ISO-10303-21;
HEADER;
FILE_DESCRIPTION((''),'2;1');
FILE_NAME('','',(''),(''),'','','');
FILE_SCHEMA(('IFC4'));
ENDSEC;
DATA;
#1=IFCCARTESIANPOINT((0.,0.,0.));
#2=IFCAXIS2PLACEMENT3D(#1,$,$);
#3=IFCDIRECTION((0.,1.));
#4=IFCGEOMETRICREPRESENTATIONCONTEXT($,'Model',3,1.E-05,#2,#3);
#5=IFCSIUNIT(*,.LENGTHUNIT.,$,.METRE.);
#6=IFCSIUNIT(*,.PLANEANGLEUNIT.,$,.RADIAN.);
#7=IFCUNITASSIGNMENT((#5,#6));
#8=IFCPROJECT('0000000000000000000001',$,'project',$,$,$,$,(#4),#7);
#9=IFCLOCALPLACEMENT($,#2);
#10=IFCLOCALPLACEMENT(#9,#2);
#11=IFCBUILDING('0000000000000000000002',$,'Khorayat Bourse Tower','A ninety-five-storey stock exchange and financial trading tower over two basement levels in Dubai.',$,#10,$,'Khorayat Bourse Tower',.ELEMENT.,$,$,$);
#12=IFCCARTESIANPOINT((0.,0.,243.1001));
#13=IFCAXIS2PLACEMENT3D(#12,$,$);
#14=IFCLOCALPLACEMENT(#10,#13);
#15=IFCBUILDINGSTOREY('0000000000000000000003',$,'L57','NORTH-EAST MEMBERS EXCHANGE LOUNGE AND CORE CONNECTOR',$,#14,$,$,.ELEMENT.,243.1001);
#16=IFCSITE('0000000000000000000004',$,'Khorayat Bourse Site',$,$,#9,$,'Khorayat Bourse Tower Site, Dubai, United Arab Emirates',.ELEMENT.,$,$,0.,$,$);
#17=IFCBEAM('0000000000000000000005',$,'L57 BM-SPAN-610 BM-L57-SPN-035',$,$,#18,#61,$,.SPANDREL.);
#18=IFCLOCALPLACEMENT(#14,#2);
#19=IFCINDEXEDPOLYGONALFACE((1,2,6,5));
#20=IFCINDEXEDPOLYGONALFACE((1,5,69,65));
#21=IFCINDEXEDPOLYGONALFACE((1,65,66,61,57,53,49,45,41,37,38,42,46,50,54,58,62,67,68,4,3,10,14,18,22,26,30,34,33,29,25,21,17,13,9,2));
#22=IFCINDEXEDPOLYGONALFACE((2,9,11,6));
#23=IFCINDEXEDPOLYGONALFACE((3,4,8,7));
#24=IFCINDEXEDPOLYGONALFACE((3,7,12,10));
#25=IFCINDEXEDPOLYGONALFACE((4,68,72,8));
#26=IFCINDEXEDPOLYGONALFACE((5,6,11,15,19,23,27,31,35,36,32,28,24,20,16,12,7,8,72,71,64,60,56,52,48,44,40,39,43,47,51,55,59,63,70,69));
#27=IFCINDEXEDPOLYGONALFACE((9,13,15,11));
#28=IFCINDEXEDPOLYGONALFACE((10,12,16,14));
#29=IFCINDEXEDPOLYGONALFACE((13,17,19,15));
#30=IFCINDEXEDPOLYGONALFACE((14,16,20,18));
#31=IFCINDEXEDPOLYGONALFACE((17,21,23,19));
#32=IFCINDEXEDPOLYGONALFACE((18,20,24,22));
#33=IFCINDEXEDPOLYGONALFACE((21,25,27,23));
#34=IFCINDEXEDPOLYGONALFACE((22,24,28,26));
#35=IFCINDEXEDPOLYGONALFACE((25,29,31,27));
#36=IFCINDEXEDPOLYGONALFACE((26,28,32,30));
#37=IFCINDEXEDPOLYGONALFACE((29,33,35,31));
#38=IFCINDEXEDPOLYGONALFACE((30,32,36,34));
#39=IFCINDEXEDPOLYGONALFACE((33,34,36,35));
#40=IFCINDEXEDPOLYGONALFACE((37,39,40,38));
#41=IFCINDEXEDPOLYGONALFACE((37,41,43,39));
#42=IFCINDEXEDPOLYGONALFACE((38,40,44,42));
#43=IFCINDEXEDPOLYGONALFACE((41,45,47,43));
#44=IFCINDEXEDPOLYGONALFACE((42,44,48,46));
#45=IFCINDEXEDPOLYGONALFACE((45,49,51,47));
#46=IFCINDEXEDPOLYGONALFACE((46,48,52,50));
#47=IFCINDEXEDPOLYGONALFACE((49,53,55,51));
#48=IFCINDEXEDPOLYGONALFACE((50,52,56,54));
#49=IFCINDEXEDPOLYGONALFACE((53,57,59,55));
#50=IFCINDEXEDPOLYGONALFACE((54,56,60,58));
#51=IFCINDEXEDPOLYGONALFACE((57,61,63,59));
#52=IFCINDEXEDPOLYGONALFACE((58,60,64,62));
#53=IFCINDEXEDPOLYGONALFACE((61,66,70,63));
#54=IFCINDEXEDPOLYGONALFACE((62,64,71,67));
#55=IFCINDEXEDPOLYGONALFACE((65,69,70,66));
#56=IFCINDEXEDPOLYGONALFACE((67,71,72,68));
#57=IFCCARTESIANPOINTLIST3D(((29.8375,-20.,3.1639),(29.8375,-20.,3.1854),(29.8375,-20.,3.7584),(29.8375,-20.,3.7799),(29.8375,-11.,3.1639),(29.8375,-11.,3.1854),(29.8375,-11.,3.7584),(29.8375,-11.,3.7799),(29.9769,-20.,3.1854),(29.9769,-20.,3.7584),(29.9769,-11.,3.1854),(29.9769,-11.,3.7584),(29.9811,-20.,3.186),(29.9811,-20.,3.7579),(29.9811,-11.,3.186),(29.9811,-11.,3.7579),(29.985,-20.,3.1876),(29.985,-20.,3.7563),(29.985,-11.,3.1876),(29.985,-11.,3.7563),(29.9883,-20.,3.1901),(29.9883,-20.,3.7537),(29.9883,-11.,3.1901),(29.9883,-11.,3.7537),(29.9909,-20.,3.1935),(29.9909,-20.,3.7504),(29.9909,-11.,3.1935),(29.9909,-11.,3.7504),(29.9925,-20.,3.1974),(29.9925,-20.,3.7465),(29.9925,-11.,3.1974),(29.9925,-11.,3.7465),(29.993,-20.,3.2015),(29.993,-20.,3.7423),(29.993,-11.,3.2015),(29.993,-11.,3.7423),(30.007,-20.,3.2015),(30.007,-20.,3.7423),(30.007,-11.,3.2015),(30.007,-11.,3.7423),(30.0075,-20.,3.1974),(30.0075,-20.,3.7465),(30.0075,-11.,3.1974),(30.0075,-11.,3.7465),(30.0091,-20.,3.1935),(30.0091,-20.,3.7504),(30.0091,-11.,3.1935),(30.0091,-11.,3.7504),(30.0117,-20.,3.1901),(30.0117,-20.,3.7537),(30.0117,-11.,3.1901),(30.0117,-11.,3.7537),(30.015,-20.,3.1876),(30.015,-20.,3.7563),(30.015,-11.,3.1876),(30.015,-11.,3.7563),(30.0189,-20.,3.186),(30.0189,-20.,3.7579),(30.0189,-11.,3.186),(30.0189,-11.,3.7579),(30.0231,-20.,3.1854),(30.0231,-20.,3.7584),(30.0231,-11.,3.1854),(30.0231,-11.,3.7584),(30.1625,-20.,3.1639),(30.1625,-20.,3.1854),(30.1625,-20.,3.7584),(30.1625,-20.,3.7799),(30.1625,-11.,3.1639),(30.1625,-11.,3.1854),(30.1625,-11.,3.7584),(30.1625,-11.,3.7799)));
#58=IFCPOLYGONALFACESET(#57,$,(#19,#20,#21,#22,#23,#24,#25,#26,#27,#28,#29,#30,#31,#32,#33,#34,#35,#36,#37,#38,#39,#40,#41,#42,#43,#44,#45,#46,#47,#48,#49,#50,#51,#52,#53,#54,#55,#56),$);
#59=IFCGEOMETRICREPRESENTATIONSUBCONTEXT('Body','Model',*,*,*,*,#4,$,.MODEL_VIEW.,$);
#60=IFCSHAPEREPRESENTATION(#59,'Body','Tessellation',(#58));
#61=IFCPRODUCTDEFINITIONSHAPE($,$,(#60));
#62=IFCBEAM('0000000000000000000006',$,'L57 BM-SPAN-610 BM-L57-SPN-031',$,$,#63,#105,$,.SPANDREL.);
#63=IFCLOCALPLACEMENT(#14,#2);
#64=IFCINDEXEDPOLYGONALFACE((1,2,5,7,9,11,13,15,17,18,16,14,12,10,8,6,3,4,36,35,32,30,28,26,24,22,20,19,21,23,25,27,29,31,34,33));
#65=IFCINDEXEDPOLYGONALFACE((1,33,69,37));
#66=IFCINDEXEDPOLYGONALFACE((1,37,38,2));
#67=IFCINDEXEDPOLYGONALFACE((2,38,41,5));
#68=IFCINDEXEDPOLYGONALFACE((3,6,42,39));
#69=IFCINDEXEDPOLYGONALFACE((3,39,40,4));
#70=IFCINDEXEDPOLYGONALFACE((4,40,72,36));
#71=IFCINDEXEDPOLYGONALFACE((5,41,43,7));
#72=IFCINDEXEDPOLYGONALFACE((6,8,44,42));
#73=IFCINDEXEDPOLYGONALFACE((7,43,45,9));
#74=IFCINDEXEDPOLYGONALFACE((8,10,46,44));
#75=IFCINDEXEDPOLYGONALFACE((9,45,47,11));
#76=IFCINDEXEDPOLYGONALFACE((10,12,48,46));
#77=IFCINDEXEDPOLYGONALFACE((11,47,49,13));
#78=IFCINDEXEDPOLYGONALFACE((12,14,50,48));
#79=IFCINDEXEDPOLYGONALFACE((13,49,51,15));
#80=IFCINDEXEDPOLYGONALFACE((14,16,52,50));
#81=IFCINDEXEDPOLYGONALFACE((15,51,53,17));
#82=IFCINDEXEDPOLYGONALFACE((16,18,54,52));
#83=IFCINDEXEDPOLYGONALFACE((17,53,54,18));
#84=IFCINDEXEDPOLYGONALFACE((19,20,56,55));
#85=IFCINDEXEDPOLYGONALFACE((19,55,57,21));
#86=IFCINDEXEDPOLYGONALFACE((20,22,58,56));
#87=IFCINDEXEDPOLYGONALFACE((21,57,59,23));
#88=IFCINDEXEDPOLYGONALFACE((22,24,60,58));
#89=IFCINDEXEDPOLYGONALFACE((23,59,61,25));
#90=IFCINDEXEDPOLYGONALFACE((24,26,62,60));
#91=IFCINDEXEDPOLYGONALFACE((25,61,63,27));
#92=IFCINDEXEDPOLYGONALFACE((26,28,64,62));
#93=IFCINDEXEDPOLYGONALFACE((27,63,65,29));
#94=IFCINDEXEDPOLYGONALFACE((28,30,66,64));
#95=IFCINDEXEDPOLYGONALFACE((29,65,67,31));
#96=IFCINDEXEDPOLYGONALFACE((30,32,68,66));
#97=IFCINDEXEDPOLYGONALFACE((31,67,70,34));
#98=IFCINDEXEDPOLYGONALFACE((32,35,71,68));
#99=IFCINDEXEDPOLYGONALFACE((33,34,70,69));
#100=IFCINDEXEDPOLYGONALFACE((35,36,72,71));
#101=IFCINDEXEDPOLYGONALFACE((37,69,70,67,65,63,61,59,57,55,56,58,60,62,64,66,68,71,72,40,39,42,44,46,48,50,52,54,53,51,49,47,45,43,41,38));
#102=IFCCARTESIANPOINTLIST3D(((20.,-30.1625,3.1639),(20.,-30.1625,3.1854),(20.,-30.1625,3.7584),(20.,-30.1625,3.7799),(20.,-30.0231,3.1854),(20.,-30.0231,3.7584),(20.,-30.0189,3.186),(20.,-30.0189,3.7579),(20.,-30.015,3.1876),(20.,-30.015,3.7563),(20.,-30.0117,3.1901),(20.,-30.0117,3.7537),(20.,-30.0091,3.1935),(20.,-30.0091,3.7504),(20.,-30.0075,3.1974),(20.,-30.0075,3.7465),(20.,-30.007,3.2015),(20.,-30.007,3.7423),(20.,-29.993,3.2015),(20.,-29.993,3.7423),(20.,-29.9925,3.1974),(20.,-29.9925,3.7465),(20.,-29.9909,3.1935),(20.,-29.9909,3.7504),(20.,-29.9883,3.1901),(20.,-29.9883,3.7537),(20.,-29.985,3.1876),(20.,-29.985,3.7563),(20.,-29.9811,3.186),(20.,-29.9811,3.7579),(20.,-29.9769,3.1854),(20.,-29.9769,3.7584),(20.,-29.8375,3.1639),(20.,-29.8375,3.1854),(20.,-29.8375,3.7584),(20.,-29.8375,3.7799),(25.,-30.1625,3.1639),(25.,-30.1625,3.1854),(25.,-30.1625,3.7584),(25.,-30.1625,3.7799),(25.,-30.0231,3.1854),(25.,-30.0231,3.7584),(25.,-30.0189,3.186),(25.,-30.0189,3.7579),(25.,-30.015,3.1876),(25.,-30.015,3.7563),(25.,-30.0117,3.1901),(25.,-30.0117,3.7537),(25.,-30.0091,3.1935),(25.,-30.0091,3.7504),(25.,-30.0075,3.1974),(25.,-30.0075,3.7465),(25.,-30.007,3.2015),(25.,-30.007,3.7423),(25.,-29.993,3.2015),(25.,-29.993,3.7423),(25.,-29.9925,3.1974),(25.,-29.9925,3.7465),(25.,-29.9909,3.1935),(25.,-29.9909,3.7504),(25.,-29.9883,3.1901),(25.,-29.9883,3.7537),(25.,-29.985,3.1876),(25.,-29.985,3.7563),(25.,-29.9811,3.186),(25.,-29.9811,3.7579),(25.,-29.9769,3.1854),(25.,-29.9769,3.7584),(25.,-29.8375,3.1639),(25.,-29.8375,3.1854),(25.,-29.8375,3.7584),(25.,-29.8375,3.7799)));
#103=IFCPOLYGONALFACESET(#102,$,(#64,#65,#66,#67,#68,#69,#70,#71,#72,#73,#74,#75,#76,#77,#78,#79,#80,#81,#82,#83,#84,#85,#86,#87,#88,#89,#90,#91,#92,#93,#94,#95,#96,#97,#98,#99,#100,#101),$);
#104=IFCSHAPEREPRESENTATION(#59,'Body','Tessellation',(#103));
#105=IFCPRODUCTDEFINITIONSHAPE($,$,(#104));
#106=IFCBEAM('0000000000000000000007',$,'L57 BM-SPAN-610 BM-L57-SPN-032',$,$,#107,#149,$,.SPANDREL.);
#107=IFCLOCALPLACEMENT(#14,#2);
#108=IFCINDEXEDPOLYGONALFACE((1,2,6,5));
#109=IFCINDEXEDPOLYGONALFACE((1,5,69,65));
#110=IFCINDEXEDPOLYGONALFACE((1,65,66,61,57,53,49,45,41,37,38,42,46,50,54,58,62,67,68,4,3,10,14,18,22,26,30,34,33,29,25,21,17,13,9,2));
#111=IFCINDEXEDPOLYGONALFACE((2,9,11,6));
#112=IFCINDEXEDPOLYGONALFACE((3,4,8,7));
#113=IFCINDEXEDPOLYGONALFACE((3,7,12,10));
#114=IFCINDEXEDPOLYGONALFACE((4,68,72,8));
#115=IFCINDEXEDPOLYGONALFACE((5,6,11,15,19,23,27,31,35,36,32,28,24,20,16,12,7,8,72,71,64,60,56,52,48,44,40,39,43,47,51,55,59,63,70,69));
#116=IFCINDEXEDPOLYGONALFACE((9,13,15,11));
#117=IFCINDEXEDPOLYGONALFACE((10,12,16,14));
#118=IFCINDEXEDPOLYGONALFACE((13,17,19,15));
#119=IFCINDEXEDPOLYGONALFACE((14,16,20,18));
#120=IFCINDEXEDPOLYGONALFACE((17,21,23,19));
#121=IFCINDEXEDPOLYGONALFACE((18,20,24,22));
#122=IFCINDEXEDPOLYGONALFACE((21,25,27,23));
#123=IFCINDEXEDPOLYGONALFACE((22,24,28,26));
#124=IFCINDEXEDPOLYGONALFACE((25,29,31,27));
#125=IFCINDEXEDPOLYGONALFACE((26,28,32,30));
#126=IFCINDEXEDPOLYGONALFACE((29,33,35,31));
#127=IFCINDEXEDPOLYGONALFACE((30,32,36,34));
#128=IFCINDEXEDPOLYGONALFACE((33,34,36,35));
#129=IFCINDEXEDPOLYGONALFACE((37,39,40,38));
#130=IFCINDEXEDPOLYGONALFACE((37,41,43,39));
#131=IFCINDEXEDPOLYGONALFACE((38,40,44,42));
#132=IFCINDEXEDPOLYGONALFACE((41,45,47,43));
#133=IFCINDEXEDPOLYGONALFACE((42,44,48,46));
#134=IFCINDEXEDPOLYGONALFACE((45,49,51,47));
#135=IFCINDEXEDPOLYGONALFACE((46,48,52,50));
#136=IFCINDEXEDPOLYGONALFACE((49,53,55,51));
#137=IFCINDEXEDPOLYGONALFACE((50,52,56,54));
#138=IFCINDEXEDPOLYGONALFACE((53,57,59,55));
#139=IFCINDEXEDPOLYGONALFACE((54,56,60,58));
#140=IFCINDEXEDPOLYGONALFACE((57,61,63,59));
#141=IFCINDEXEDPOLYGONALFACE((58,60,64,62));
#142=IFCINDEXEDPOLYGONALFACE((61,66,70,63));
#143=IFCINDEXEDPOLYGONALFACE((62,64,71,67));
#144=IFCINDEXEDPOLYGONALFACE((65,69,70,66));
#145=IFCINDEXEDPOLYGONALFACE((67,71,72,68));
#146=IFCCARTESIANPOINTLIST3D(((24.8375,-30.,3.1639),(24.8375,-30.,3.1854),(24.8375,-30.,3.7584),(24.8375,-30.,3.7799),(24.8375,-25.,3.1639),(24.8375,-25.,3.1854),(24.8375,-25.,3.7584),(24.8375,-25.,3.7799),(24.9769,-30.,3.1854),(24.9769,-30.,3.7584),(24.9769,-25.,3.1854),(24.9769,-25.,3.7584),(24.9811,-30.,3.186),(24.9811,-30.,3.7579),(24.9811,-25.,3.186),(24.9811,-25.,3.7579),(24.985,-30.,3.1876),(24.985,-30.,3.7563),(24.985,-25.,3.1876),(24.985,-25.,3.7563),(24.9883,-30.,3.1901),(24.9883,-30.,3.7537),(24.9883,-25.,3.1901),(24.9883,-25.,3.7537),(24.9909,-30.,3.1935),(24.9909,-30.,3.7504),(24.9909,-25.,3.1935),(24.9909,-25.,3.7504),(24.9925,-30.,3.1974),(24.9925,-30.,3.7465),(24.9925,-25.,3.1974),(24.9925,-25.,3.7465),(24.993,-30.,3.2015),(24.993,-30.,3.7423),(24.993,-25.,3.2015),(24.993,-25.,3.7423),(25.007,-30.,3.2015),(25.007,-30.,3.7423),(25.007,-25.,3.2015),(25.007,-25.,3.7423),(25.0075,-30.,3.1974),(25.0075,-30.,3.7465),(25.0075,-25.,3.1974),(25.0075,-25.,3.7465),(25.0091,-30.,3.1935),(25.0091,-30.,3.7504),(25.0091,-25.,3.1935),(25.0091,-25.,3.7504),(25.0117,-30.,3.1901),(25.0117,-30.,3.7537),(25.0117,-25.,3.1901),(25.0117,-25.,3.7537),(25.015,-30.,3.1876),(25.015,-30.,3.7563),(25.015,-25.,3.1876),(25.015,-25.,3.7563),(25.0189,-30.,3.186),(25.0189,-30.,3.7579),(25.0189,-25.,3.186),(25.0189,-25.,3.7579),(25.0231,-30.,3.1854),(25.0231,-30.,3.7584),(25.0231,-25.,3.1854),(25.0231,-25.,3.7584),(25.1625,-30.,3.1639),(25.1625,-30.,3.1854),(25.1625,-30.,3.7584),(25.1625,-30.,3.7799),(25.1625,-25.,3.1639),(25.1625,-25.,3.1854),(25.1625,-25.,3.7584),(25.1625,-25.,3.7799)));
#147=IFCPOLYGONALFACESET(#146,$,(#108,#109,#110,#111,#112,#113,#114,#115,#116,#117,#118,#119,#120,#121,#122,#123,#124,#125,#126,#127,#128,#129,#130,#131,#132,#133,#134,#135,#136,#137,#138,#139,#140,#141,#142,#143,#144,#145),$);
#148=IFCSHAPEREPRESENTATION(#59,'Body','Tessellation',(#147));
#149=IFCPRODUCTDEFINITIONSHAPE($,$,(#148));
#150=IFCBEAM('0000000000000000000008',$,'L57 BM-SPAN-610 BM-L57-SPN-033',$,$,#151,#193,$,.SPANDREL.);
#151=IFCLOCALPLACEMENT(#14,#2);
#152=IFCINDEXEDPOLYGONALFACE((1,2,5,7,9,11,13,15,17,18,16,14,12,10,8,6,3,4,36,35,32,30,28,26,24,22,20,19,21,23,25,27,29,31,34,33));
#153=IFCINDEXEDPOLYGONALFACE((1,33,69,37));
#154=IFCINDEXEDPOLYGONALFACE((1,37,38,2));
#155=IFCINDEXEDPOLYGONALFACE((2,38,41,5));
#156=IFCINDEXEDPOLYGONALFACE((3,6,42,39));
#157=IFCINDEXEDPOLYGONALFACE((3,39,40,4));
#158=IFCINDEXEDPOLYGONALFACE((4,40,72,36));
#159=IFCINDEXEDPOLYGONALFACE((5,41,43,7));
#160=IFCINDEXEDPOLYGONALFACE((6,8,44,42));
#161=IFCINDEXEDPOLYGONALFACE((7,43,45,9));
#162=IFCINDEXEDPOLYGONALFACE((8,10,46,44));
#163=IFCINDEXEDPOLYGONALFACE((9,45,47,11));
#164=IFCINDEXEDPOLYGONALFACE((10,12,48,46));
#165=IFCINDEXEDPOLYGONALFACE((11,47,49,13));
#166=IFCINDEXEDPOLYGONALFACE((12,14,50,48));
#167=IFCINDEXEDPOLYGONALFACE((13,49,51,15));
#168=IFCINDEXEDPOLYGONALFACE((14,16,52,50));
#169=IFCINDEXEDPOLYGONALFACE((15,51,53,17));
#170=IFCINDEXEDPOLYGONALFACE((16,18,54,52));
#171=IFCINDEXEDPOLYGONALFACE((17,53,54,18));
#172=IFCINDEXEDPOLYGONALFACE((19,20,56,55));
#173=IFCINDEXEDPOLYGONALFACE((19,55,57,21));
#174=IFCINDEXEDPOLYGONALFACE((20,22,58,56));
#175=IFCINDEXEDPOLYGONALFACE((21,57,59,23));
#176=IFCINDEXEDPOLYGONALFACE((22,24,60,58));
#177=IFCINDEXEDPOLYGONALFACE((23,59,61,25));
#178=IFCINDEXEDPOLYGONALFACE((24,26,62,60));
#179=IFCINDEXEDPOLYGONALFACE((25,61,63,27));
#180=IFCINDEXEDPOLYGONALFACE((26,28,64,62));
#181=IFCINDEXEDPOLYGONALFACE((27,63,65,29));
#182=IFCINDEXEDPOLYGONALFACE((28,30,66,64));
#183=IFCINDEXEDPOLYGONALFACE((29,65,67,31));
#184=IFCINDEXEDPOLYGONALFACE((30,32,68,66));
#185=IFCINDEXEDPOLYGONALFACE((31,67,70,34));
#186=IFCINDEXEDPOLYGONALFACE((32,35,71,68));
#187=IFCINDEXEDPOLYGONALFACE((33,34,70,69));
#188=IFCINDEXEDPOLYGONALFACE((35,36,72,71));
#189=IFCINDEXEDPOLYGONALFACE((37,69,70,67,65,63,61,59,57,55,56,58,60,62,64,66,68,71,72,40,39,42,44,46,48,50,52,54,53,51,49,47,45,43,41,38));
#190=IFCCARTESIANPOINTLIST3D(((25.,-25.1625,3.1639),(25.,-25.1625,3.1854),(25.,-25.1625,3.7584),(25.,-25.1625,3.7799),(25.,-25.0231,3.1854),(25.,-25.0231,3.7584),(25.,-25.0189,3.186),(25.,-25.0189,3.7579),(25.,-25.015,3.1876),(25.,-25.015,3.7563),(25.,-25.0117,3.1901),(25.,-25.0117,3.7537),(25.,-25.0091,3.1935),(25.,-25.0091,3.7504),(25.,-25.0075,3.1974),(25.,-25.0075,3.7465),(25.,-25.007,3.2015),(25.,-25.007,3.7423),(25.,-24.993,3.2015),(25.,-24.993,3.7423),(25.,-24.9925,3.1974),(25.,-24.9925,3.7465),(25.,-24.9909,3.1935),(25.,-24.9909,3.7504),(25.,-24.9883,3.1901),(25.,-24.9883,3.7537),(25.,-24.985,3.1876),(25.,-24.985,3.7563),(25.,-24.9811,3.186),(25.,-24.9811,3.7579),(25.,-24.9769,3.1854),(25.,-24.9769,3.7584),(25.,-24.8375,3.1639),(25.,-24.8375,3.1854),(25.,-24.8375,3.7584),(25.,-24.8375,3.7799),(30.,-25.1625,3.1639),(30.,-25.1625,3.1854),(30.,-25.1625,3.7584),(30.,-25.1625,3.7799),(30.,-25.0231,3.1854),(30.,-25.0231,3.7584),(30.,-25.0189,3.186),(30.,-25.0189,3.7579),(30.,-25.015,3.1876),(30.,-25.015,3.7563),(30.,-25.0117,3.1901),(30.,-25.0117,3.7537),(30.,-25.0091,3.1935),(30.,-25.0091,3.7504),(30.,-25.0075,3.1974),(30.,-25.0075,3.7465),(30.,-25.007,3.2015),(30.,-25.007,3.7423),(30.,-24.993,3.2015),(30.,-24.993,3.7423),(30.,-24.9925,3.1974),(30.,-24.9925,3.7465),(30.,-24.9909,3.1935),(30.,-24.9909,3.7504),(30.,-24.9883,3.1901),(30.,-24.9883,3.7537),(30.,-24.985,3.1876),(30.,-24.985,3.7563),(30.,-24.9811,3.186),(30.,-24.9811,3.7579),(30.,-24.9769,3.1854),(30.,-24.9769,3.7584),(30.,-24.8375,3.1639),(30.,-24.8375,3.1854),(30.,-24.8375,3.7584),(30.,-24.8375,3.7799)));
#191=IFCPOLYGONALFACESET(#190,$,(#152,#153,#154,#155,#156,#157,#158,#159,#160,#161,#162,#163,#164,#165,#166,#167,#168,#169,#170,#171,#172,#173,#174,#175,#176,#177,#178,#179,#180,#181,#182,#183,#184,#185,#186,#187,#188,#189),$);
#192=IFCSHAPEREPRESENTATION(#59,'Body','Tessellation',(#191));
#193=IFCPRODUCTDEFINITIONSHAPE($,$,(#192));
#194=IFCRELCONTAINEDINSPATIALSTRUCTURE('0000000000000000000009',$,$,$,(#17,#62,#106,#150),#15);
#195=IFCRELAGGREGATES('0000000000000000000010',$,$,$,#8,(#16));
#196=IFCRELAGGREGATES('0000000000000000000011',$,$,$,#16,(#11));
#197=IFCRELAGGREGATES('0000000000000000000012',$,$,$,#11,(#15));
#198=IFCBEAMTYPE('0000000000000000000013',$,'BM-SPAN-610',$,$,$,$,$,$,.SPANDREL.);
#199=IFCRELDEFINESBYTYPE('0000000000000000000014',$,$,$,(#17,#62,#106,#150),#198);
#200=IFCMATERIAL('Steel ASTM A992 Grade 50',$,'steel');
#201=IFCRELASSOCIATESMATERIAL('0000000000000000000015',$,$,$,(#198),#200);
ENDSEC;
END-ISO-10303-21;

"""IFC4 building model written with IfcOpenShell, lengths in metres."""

from ifc_helpers import new_model, si_unit, direction, frame, origin, origin_2d, place, context, subcontext, project, spatial, i_section, extrude, source, transform, mapped, material, material_profile, profile_set, type_object, element, save


model = new_model("IFC4")

# Units and contexts
model_context = context("Model", 3, precision=1e-05, world=origin(), true_north=direction((0.0, 1.0)))
body_context = subcontext(model_context, "Body", "Model", "MODEL_VIEW")
ifc_project = project(units=[si_unit("LENGTHUNIT", "METRE"), si_unit("PLANEANGLEUNIT", "RADIAN")], contexts=[model_context])

# Site, building, storey
site_placement = place(None, origin())
site = spatial("IfcSite", under=ifc_project, at=site_placement, Name="Khorayat Bourse Site", LongName="Khorayat Bourse Tower Site, Dubai, United Arab Emirates", CompositionType="ELEMENT", RefElevation=0.0)
building_placement = place(site_placement, origin())
building = spatial("IfcBuilding", under=site, at=building_placement, Name="Khorayat Bourse Tower", Description="A ninety-five-storey stock exchange and financial trading tower over two basement levels in Dubai.", LongName="Khorayat Bourse Tower", CompositionType="ELEMENT")
storey_placement = place(building_placement, frame((0.0, 0.0, 243.1001)))
storey = spatial("IfcBuildingStorey", under=building, at=storey_placement, Name="L57", Description="NORTH-EAST MEMBERS EXCHANGE LOUNGE AND CORE CONNECTOR", CompositionType="ELEMENT", Elevation=243.1001)

# Beams
ifc_material_1 = material(Name="Steel ASTM A992 Grade 50", Category="steel")
ifc_material_profile_1 = material_profile(ifc_material_1, i_section(OverallWidth=0.325, OverallDepth=0.616, WebThickness=0.0139, FlangeThickness=0.0215, FilletRadius=0.0161, at=origin_2d()), Name="W610X174")
ifc_profile_set_1 = profile_set([ifc_material_profile_1], Name="Steel ASTM A992 Grade 50")
beam_type_1 = type_object("IfcBeamType", Name="BM-SPAN-610", PredefinedType="SPANDREL", material=ifc_profile_set_1)
shared_shape_1 = source(origin(), body_context, "Body", "SweptSolid", [
    extrude(i_section(OverallWidth=0.325, OverallDepth=0.616, WebThickness=0.0139, FlangeThickness=0.0215, FilletRadius=0.0161, at=origin_2d()), origin(), (0.0, 0.0, 1.0), 9.0),
])
beam_1_placement = place(storey_placement, frame((30.0, -20.0, 3.4719), z_axis=(0.0, 1.0, 0.0), x_axis=(-1.0, 0.0, 0.0)))
element("IfcBeam", 1, at=beam_1_placement, inside=storey, type_object=beam_type_1, Name="L57 BM-SPAN-610 BM-L57-SPN-035", PredefinedType="SPANDREL", context=body_context, shape_type="MappedRepresentation", body=[
    mapped(shared_shape_1, transform((0.0, 0.0, 0.0), scale=1.0)),
])
shared_shape_2 = source(origin(), body_context, "Body", "SweptSolid", [
    extrude(i_section(OverallWidth=0.325, OverallDepth=0.616, WebThickness=0.0139, FlangeThickness=0.0215, FilletRadius=0.0161, at=origin_2d()), origin(), (0.0, 0.0, 1.0), 5.0),
])
for number, where, z_axis, x_axis, name in (
    (2, (20.0, -30.0, 3.4719), (1.0, 0.0, 0.0), (0.0, 1.0, 0.0), "L57 BM-SPAN-610 BM-L57-SPN-031"),
    (3, (25.0, -30.0, 3.4719), (0.0, 1.0, 0.0), (-1.0, 0.0, 0.0), "L57 BM-SPAN-610 BM-L57-SPN-032"),
    (4, (25.0, -25.0, 3.4719), (1.0, 0.0, 0.0), (0.0, 1.0, 0.0), "L57 BM-SPAN-610 BM-L57-SPN-033"),
):
    element("IfcBeam", number, at=place(storey_placement, frame(where, z_axis=z_axis, x_axis=x_axis)), inside=storey, type_object=beam_type_1, Name=name, PredefinedType="SPANDREL", context=body_context, shape_type="MappedRepresentation", body=[
        mapped(shared_shape_2, transform((0.0, 0.0, 0.0), scale=1.0)),
    ])

save(model, "model.ifc")
